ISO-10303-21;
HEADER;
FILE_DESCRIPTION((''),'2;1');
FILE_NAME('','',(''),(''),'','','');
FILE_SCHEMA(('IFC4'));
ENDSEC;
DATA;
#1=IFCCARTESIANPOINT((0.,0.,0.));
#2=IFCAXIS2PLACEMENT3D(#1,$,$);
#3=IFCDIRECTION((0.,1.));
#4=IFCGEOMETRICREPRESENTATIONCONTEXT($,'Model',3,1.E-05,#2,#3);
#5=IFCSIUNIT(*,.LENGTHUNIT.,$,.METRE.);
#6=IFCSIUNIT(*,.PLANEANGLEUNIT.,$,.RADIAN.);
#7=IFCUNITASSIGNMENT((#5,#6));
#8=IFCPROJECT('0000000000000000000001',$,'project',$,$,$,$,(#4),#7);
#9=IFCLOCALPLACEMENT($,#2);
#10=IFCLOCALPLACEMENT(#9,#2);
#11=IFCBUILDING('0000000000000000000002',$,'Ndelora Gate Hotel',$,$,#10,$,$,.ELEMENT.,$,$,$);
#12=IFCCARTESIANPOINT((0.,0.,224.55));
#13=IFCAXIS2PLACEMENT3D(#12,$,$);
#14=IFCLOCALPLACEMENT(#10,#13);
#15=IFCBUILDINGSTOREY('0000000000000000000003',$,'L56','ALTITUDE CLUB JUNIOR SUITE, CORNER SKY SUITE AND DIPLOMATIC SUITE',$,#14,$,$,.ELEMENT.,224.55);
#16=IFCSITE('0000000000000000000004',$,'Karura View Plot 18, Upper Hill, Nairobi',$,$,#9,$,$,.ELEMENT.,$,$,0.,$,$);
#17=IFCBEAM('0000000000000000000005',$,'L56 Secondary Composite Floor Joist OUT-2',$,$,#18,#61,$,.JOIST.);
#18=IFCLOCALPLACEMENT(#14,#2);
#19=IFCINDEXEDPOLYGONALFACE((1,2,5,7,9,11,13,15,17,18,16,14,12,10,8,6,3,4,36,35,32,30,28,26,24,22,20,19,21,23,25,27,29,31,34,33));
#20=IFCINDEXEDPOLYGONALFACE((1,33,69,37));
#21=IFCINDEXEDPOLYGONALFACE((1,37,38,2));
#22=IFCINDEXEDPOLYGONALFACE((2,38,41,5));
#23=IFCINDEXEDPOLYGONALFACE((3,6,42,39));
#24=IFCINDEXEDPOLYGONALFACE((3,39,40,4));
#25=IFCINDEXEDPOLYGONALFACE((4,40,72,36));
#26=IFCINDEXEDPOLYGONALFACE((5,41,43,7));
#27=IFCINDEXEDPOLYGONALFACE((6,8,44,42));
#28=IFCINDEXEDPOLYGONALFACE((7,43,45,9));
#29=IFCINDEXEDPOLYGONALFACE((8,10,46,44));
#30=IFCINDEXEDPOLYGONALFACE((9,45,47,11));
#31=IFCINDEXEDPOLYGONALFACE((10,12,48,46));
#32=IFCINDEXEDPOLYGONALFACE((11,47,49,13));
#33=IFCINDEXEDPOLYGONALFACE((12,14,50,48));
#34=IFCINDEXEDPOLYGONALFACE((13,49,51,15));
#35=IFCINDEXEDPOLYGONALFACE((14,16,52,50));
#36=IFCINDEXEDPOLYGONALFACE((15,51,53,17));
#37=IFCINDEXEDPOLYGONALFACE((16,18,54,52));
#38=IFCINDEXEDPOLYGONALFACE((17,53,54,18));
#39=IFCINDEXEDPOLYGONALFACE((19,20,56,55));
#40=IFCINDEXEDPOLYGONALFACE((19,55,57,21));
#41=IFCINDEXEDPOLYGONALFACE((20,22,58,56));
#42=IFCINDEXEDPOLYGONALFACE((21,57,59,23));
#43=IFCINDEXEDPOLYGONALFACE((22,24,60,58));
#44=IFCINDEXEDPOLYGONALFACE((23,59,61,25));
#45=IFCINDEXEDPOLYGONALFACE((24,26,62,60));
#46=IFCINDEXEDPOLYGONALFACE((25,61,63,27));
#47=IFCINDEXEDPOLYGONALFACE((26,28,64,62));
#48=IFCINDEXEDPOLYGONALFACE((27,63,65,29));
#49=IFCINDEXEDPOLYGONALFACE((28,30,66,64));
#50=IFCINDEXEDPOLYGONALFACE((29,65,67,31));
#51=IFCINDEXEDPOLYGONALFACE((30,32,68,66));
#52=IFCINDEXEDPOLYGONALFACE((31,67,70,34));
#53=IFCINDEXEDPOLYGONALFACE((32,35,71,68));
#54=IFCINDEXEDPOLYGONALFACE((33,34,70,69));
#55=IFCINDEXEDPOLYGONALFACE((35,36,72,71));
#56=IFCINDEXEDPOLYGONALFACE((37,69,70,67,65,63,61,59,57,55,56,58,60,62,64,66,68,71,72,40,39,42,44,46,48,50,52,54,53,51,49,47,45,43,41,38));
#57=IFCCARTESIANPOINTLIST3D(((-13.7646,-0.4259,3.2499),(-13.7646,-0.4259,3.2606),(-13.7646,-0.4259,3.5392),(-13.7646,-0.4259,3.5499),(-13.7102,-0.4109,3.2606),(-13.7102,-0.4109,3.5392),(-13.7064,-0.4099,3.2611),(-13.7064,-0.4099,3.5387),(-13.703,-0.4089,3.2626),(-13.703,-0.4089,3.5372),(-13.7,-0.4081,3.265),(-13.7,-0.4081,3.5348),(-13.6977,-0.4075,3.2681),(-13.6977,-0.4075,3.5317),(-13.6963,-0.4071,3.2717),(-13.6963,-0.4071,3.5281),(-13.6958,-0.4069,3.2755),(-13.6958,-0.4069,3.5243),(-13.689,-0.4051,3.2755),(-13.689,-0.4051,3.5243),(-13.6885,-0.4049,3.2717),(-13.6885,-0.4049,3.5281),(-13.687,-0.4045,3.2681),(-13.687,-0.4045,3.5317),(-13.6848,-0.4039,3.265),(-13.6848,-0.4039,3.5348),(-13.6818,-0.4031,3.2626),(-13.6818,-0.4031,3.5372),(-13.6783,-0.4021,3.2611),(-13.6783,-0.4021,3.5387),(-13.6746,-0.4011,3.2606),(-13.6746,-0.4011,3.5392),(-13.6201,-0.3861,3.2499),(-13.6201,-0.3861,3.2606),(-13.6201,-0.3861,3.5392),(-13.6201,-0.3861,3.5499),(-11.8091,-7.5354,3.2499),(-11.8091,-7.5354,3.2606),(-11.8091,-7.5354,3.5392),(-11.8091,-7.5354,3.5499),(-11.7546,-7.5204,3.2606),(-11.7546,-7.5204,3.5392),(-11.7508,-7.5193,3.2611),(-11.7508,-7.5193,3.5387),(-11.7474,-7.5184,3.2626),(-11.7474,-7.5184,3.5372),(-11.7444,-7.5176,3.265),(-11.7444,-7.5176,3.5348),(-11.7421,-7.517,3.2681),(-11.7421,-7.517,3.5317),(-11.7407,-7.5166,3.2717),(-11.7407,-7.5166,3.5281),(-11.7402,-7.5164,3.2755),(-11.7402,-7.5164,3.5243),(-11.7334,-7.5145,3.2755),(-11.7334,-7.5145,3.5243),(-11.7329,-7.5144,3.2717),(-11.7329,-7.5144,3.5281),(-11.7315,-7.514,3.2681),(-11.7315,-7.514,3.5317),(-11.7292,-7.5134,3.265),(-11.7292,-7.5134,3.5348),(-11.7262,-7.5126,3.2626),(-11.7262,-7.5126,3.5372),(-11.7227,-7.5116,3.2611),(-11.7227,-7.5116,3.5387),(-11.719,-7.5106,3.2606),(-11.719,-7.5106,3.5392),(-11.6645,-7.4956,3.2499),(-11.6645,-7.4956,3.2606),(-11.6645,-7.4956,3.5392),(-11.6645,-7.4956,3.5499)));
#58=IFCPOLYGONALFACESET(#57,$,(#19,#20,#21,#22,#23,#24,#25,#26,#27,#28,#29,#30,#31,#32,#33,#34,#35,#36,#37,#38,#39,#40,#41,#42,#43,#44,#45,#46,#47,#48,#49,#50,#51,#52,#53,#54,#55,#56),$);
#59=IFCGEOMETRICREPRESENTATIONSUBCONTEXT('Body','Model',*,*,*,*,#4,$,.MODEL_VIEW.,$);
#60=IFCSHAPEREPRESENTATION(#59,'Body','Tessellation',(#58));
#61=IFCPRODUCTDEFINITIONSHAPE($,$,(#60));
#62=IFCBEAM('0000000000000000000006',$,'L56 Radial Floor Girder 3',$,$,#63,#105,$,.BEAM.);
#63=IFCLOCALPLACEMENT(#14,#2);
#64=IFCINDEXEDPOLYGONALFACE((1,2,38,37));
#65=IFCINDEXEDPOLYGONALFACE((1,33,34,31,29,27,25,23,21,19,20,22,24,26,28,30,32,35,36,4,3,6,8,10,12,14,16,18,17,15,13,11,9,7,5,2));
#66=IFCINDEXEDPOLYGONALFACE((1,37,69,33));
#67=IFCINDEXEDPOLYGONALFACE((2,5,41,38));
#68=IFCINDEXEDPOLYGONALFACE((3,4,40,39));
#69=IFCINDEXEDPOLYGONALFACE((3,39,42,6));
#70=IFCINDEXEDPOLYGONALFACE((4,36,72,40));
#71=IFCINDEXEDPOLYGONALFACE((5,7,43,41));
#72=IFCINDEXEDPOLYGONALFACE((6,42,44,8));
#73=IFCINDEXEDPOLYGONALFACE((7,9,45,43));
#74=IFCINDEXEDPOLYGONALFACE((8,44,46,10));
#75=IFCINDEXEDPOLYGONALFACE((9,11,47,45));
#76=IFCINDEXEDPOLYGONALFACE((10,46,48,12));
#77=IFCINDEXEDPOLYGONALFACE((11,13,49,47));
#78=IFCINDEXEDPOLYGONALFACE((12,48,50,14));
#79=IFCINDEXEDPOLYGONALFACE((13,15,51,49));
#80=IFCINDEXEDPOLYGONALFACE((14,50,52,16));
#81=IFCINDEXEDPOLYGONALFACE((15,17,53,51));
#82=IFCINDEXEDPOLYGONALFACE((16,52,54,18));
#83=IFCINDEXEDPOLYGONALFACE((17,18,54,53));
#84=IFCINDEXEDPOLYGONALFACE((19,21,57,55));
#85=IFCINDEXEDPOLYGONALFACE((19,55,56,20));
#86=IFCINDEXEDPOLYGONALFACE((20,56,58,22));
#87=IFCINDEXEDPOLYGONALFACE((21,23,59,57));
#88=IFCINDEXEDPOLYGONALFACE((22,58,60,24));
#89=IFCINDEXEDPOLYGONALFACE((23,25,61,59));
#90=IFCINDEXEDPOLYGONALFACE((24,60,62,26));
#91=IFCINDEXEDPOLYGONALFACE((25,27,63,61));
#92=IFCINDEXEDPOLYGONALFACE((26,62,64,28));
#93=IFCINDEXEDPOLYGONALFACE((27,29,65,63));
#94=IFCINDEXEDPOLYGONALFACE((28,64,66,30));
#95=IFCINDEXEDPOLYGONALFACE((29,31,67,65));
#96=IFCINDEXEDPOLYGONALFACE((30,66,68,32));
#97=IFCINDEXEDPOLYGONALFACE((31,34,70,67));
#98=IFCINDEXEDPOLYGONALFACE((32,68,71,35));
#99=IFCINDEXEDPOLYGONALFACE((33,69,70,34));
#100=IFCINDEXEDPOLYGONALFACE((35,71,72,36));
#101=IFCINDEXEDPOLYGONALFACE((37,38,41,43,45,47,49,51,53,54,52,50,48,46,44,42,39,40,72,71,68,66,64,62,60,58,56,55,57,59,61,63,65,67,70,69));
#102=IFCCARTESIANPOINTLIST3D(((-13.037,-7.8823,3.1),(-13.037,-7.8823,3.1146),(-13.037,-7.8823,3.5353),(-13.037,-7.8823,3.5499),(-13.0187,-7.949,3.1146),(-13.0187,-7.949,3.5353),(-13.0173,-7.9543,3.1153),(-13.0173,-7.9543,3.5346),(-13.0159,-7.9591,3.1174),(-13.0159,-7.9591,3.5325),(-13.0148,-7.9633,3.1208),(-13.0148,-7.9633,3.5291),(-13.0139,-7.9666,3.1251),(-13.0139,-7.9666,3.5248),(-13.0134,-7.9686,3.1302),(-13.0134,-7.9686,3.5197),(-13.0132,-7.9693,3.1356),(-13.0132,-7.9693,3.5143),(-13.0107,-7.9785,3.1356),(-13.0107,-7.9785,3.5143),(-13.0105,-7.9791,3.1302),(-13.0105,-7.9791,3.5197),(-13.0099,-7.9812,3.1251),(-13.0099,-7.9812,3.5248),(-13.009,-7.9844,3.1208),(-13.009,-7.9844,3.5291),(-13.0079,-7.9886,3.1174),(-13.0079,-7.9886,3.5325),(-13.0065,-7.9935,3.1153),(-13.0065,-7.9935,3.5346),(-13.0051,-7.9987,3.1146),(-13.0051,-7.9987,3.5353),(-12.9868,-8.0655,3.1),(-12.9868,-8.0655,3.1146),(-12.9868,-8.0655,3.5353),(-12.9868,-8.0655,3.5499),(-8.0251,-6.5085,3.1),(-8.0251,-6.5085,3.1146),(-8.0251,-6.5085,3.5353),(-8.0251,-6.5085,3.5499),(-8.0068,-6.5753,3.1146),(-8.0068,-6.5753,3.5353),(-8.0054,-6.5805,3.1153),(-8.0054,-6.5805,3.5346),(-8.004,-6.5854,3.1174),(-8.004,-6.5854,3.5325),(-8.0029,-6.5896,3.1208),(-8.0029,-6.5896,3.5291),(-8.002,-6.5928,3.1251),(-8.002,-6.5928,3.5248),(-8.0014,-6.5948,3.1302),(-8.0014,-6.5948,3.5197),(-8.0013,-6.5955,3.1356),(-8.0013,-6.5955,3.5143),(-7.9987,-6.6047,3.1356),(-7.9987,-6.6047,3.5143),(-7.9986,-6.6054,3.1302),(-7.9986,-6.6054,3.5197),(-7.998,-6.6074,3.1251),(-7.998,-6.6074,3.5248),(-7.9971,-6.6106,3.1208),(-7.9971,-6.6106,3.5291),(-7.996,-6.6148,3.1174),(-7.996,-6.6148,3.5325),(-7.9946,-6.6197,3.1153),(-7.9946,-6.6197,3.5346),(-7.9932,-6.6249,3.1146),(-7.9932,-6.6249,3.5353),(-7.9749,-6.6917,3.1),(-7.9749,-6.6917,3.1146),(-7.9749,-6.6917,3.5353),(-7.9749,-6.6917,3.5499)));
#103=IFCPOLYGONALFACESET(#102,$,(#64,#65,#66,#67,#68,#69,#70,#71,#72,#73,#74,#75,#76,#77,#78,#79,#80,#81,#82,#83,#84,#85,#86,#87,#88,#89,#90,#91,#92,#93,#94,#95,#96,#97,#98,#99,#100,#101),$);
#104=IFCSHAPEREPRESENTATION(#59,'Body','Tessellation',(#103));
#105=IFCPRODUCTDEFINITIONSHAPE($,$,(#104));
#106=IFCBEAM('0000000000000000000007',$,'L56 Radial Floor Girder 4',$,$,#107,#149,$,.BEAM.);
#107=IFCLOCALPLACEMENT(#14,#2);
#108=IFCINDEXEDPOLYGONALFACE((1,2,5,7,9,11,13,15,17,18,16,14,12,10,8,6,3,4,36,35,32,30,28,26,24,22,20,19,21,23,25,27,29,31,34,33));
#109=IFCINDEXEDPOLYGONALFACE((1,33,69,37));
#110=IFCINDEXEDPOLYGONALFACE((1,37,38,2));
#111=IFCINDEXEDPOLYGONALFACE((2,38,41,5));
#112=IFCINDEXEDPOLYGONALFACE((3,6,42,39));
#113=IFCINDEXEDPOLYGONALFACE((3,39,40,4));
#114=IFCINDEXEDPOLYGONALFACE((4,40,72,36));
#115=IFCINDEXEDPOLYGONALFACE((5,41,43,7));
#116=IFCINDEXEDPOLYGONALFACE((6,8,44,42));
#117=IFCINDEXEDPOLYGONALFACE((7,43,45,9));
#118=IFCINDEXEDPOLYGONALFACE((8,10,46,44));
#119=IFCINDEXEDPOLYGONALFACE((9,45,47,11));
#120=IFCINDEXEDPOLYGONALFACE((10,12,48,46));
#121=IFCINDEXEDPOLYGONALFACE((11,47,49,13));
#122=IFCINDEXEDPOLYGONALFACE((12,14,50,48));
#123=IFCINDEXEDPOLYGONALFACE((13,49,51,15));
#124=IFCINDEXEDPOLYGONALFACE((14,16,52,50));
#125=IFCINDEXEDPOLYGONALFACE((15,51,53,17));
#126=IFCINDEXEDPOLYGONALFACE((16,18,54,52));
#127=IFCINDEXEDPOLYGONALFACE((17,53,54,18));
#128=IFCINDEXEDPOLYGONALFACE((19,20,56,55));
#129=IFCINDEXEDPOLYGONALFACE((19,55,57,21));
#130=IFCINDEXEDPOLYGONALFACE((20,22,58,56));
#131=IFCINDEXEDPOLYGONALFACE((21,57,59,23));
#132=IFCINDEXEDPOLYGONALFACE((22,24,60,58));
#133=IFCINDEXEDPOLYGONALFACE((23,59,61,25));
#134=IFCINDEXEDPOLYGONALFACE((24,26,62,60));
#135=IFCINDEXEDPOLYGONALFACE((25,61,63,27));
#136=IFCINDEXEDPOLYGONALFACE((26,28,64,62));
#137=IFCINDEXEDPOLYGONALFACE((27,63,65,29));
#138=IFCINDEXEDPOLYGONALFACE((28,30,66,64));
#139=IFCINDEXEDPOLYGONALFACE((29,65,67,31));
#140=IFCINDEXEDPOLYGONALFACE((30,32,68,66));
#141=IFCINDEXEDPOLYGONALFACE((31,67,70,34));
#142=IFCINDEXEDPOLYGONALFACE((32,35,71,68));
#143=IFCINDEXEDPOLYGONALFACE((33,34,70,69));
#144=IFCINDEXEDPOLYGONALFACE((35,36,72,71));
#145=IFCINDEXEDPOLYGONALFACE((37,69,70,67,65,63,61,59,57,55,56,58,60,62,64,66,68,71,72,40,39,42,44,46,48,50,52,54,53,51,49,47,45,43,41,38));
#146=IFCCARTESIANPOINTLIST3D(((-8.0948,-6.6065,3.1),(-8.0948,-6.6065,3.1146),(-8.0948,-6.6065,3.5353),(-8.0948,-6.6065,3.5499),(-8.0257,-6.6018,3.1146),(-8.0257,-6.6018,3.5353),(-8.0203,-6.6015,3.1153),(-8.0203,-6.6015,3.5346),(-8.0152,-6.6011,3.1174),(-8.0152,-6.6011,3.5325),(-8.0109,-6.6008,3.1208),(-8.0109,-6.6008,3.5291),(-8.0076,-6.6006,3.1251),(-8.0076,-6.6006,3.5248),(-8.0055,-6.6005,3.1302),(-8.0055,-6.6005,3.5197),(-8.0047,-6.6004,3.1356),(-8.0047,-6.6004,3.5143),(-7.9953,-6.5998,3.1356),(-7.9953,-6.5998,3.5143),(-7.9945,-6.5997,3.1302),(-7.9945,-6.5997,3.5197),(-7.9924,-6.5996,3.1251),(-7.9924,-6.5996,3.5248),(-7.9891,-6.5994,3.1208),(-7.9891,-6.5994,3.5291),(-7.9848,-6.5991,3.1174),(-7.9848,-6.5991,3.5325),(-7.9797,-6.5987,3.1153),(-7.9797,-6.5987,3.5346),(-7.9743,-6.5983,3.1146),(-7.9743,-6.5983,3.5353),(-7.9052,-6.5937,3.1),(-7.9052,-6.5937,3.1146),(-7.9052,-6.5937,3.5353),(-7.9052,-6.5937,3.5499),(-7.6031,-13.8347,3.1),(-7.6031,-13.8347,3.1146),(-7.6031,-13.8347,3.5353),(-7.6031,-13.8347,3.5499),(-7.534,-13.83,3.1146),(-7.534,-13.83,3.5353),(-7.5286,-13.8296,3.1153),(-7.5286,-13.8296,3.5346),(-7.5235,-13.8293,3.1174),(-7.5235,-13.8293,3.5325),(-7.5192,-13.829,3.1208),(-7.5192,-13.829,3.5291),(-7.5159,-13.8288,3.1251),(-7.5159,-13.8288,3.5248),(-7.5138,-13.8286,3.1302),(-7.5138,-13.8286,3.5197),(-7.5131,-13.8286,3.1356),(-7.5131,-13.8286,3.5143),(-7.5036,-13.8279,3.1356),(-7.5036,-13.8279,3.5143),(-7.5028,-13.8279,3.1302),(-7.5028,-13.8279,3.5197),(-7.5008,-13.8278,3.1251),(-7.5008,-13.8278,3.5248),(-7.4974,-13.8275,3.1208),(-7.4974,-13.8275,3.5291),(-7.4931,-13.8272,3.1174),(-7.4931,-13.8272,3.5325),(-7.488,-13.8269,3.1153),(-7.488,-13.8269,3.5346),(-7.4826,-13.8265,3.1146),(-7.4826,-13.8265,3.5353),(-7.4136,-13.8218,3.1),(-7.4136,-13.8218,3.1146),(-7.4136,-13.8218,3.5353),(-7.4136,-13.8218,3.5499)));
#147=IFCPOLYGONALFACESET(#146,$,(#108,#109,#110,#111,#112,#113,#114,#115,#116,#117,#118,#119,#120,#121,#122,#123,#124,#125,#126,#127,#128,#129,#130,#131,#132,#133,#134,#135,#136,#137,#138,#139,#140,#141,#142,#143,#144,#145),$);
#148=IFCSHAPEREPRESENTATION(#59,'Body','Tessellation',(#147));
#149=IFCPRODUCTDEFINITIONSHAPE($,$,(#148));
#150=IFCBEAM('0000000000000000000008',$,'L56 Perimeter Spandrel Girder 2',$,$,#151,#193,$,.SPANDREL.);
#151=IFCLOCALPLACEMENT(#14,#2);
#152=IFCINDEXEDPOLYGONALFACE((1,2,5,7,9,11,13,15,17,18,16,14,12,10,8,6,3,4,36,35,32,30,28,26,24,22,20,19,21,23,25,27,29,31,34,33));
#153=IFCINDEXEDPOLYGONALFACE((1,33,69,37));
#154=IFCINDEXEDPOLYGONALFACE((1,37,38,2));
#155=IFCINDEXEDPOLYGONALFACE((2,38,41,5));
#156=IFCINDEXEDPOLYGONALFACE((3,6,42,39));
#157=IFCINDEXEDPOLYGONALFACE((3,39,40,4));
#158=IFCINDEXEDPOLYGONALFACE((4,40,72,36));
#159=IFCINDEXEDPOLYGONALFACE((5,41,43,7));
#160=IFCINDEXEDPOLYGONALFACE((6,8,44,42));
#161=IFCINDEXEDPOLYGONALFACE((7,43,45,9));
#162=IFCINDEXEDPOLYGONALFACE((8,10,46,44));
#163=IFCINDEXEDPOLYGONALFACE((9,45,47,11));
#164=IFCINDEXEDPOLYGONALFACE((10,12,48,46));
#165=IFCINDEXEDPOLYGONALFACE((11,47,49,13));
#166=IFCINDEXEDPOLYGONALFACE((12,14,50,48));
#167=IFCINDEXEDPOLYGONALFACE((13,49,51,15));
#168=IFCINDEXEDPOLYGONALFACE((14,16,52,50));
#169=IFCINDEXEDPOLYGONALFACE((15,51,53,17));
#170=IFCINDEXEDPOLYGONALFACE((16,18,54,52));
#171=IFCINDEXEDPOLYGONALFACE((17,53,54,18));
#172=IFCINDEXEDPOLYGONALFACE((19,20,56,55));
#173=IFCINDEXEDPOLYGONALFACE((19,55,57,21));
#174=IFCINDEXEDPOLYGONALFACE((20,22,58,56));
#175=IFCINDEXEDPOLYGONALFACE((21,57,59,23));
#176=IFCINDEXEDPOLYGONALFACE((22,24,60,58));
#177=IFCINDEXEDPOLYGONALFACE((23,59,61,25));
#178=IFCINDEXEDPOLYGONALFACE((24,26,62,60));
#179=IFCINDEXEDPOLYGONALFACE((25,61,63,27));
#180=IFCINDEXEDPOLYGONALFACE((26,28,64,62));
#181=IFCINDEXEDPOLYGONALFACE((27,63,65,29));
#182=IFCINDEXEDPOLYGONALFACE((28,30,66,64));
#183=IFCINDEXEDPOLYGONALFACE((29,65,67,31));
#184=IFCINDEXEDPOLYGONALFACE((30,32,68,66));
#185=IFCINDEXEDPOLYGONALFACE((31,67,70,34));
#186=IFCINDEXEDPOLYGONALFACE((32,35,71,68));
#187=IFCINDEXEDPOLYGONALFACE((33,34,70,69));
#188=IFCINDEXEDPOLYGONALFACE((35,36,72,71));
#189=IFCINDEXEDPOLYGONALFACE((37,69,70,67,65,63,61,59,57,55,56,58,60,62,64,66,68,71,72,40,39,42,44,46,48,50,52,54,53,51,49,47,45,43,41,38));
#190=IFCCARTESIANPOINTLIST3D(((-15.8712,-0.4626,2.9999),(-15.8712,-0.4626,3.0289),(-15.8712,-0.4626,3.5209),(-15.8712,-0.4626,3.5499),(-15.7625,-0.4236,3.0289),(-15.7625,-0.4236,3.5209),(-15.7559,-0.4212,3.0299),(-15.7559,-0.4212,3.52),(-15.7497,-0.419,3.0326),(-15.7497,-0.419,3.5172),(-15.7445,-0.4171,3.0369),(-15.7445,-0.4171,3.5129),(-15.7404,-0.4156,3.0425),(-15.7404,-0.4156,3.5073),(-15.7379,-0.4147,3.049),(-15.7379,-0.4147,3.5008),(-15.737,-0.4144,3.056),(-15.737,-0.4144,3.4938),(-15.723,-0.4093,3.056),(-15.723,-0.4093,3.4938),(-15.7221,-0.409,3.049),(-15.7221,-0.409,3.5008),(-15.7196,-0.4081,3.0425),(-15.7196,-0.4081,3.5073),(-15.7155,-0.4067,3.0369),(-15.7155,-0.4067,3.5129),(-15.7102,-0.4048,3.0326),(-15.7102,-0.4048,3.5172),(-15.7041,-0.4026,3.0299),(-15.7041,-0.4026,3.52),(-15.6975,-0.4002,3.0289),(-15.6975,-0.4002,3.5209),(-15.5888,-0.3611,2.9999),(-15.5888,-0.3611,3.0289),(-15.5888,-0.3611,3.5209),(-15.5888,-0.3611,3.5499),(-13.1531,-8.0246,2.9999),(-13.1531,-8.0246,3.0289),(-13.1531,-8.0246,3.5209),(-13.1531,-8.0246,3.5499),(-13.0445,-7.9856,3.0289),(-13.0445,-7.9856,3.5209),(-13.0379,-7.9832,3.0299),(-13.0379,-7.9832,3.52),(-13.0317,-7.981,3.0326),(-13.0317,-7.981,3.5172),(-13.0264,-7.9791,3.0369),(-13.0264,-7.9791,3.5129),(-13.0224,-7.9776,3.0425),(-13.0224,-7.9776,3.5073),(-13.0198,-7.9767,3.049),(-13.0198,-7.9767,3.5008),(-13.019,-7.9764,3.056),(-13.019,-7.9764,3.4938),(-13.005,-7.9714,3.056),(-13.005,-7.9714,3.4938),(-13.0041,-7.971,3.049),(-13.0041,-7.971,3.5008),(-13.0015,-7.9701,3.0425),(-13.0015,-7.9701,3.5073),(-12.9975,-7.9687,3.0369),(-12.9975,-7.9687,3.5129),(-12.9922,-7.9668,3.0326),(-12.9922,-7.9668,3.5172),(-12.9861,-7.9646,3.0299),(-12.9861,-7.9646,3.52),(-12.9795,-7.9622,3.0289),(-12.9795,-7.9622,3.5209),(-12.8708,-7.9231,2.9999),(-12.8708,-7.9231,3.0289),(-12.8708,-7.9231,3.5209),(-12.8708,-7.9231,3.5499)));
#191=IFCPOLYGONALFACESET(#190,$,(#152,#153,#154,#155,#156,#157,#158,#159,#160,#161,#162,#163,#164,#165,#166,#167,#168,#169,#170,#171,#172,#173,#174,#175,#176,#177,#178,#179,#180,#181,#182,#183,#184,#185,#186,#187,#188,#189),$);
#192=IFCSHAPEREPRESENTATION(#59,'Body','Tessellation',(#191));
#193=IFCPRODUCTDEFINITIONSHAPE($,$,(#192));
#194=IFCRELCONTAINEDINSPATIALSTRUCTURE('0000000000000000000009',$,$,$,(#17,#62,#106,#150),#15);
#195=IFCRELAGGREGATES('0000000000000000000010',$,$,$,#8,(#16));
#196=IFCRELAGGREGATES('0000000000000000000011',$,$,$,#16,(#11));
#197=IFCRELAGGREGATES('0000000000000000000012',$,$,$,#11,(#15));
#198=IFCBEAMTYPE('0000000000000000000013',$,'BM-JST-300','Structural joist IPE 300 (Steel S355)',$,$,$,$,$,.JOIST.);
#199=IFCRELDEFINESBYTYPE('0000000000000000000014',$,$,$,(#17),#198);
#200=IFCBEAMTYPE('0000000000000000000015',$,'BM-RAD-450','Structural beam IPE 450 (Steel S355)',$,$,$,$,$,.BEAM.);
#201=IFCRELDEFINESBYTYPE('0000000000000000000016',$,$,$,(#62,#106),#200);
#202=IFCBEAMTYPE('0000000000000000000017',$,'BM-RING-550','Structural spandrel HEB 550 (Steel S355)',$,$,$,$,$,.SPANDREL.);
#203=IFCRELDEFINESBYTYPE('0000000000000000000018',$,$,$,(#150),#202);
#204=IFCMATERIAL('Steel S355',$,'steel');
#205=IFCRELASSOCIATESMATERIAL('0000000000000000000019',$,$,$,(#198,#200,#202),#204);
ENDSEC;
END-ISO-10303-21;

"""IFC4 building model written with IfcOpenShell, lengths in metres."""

from ifc_helpers import new_model, si_unit, direction, frame, origin, origin_2d, place, context, subcontext, project, spatial, i_section, extrude, material, material_profile, profile_set, type_object, element, save


model = new_model("IFC4")

# Units and contexts
model_context = context("Model", 3, precision=1e-05, world=origin(), true_north=direction((0.0, 1.0)))
body_context = subcontext(model_context, "Body", "Model", "MODEL_VIEW")
ifc_project = project(units=[si_unit("LENGTHUNIT", "METRE"), si_unit("PLANEANGLEUNIT", "RADIAN")], contexts=[model_context])

# Site, building, storey
site_placement = place(None, origin())
site = spatial("IfcSite", under=ifc_project, at=site_placement, Name="Karura View Plot 18, Upper Hill, Nairobi", CompositionType="ELEMENT", RefElevation=0.0)
building_placement = place(site_placement, origin())
building = spatial("IfcBuilding", under=site, at=building_placement, Name="Ndelora Gate Hotel", CompositionType="ELEMENT")
storey_placement = place(building_placement, frame((0.0, 0.0, 224.55)))
storey = spatial("IfcBuildingStorey", under=building, at=storey_placement, Name="L56", Description="ALTITUDE CLUB JUNIOR SUITE, CORNER SKY SUITE AND DIPLOMATIC SUITE", CompositionType="ELEMENT", Elevation=224.55)

# Beams
ifc_material_1 = material(Name="Steel S355", Category="steel")
ifc_material_profile_1 = material_profile(ifc_material_1, i_section(OverallWidth=0.1499, OverallDepth=0.3, WebThickness=0.0071, FlangeThickness=0.0107, FilletRadius=0.0149, at=origin_2d()), Name="IPE 300")
ifc_profile_set_1 = profile_set([ifc_material_profile_1], Name="Steel S355")
beam_type_1 = type_object("IfcBeamType", Name="BM-JST-300", Description="Structural joist IPE 300 (Steel S355)", PredefinedType="JOIST", material=ifc_profile_set_1)
beam_1_placement = place(storey_placement, frame((-13.6924, -0.406, 3.3999), z_axis=(0.265218, -0.964188, 0.0), x_axis=(0.964188, 0.265218, 0.0)))
element("IfcBeam", 1, at=beam_1_placement, inside=storey, type_object=beam_type_1, Name="L56 Secondary Composite Floor Joist OUT-2", PredefinedType="JOIST", context=body_context, shape_type="SweptSolid", body=[
    extrude(i_section(OverallWidth=0.1499, OverallDepth=0.3, WebThickness=0.0071, FlangeThickness=0.0107, FilletRadius=0.0149, at=origin_2d()), origin(), (0.0, 0.0, 1.0), 7.3735),
])
ifc_material_profile_2 = material_profile(ifc_material_1, i_section(OverallWidth=0.1899, OverallDepth=0.45, WebThickness=0.0095, FlangeThickness=0.0146, FilletRadius=0.021, at=origin_2d()), Name="IPE 450")
ifc_profile_set_2 = profile_set([ifc_material_profile_2], Name="Steel S355")
beam_type_2 = type_object("IfcBeamType", Name="BM-RAD-450", Description="Structural beam IPE 450 (Steel S355)", PredefinedType="BEAM", material=ifc_profile_set_2)
beam_2_placement = place(storey_placement, frame((-8.0, -6.6001, 3.325), z_axis=(-0.964427, -0.264349, 0.0), x_axis=(0.264349, -0.964427, 0.0)))
element("IfcBeam", 2, at=beam_2_placement, inside=storey, type_object=beam_type_2, Name="L56 Radial Floor Girder 3", PredefinedType="BEAM", context=body_context, shape_type="SweptSolid", body=[
    extrude(i_section(OverallWidth=0.1899, OverallDepth=0.45, WebThickness=0.0095, FlangeThickness=0.0146, FilletRadius=0.021, at=origin_2d()), origin(), (0.0, 0.0, 1.0), 5.1968),
])
beam_3_placement = place(storey_placement, frame((-8.0, -6.6001, 3.325), z_axis=(0.067868, -0.997694, 0.0), x_axis=(0.997694, 0.067868, 0.0)))
element("IfcBeam", 3, at=beam_3_placement, inside=storey, type_object=beam_type_2, Name="L56 Radial Floor Girder 4", PredefinedType="BEAM", context=body_context, shape_type="SweptSolid", body=[
    extrude(i_section(OverallWidth=0.1899, OverallDepth=0.45, WebThickness=0.0095, FlangeThickness=0.0146, FilletRadius=0.021, at=origin_2d()), origin(), (0.0, 0.0, 1.0), 7.2449),
])
ifc_material_profile_3 = material_profile(ifc_material_1, i_section(OverallWidth=0.3, OverallDepth=0.55, WebThickness=0.0149, FlangeThickness=0.0291, FilletRadius=0.0271, at=origin_2d()), Name="HEB 550")
ifc_profile_set_3 = profile_set([ifc_material_profile_3], Name="Steel S355")
beam_type_3 = type_object("IfcBeamType", Name="BM-RING-550", Description="Structural spandrel HEB 550 (Steel S355)", PredefinedType="SPANDREL", material=ifc_profile_set_3)
beam_4_placement = place(storey_placement, frame((-15.73, -0.4119, 3.2749), z_axis=(0.338245, -0.941058, 0.0), x_axis=(0.941058, 0.338245, 0.0)))
element("IfcBeam", 4, at=beam_4_placement, inside=storey, type_object=beam_type_3, Name="L56 Perimeter Spandrel Girder 2", PredefinedType="SPANDREL", context=body_context, shape_type="SweptSolid", body=[
    extrude(i_section(OverallWidth=0.3, OverallDepth=0.55, WebThickness=0.0149, FlangeThickness=0.0291, FilletRadius=0.0271, at=origin_2d()), origin(), (0.0, 0.0, 1.0), 8.0356),
])

save(model, "model.ifc")
